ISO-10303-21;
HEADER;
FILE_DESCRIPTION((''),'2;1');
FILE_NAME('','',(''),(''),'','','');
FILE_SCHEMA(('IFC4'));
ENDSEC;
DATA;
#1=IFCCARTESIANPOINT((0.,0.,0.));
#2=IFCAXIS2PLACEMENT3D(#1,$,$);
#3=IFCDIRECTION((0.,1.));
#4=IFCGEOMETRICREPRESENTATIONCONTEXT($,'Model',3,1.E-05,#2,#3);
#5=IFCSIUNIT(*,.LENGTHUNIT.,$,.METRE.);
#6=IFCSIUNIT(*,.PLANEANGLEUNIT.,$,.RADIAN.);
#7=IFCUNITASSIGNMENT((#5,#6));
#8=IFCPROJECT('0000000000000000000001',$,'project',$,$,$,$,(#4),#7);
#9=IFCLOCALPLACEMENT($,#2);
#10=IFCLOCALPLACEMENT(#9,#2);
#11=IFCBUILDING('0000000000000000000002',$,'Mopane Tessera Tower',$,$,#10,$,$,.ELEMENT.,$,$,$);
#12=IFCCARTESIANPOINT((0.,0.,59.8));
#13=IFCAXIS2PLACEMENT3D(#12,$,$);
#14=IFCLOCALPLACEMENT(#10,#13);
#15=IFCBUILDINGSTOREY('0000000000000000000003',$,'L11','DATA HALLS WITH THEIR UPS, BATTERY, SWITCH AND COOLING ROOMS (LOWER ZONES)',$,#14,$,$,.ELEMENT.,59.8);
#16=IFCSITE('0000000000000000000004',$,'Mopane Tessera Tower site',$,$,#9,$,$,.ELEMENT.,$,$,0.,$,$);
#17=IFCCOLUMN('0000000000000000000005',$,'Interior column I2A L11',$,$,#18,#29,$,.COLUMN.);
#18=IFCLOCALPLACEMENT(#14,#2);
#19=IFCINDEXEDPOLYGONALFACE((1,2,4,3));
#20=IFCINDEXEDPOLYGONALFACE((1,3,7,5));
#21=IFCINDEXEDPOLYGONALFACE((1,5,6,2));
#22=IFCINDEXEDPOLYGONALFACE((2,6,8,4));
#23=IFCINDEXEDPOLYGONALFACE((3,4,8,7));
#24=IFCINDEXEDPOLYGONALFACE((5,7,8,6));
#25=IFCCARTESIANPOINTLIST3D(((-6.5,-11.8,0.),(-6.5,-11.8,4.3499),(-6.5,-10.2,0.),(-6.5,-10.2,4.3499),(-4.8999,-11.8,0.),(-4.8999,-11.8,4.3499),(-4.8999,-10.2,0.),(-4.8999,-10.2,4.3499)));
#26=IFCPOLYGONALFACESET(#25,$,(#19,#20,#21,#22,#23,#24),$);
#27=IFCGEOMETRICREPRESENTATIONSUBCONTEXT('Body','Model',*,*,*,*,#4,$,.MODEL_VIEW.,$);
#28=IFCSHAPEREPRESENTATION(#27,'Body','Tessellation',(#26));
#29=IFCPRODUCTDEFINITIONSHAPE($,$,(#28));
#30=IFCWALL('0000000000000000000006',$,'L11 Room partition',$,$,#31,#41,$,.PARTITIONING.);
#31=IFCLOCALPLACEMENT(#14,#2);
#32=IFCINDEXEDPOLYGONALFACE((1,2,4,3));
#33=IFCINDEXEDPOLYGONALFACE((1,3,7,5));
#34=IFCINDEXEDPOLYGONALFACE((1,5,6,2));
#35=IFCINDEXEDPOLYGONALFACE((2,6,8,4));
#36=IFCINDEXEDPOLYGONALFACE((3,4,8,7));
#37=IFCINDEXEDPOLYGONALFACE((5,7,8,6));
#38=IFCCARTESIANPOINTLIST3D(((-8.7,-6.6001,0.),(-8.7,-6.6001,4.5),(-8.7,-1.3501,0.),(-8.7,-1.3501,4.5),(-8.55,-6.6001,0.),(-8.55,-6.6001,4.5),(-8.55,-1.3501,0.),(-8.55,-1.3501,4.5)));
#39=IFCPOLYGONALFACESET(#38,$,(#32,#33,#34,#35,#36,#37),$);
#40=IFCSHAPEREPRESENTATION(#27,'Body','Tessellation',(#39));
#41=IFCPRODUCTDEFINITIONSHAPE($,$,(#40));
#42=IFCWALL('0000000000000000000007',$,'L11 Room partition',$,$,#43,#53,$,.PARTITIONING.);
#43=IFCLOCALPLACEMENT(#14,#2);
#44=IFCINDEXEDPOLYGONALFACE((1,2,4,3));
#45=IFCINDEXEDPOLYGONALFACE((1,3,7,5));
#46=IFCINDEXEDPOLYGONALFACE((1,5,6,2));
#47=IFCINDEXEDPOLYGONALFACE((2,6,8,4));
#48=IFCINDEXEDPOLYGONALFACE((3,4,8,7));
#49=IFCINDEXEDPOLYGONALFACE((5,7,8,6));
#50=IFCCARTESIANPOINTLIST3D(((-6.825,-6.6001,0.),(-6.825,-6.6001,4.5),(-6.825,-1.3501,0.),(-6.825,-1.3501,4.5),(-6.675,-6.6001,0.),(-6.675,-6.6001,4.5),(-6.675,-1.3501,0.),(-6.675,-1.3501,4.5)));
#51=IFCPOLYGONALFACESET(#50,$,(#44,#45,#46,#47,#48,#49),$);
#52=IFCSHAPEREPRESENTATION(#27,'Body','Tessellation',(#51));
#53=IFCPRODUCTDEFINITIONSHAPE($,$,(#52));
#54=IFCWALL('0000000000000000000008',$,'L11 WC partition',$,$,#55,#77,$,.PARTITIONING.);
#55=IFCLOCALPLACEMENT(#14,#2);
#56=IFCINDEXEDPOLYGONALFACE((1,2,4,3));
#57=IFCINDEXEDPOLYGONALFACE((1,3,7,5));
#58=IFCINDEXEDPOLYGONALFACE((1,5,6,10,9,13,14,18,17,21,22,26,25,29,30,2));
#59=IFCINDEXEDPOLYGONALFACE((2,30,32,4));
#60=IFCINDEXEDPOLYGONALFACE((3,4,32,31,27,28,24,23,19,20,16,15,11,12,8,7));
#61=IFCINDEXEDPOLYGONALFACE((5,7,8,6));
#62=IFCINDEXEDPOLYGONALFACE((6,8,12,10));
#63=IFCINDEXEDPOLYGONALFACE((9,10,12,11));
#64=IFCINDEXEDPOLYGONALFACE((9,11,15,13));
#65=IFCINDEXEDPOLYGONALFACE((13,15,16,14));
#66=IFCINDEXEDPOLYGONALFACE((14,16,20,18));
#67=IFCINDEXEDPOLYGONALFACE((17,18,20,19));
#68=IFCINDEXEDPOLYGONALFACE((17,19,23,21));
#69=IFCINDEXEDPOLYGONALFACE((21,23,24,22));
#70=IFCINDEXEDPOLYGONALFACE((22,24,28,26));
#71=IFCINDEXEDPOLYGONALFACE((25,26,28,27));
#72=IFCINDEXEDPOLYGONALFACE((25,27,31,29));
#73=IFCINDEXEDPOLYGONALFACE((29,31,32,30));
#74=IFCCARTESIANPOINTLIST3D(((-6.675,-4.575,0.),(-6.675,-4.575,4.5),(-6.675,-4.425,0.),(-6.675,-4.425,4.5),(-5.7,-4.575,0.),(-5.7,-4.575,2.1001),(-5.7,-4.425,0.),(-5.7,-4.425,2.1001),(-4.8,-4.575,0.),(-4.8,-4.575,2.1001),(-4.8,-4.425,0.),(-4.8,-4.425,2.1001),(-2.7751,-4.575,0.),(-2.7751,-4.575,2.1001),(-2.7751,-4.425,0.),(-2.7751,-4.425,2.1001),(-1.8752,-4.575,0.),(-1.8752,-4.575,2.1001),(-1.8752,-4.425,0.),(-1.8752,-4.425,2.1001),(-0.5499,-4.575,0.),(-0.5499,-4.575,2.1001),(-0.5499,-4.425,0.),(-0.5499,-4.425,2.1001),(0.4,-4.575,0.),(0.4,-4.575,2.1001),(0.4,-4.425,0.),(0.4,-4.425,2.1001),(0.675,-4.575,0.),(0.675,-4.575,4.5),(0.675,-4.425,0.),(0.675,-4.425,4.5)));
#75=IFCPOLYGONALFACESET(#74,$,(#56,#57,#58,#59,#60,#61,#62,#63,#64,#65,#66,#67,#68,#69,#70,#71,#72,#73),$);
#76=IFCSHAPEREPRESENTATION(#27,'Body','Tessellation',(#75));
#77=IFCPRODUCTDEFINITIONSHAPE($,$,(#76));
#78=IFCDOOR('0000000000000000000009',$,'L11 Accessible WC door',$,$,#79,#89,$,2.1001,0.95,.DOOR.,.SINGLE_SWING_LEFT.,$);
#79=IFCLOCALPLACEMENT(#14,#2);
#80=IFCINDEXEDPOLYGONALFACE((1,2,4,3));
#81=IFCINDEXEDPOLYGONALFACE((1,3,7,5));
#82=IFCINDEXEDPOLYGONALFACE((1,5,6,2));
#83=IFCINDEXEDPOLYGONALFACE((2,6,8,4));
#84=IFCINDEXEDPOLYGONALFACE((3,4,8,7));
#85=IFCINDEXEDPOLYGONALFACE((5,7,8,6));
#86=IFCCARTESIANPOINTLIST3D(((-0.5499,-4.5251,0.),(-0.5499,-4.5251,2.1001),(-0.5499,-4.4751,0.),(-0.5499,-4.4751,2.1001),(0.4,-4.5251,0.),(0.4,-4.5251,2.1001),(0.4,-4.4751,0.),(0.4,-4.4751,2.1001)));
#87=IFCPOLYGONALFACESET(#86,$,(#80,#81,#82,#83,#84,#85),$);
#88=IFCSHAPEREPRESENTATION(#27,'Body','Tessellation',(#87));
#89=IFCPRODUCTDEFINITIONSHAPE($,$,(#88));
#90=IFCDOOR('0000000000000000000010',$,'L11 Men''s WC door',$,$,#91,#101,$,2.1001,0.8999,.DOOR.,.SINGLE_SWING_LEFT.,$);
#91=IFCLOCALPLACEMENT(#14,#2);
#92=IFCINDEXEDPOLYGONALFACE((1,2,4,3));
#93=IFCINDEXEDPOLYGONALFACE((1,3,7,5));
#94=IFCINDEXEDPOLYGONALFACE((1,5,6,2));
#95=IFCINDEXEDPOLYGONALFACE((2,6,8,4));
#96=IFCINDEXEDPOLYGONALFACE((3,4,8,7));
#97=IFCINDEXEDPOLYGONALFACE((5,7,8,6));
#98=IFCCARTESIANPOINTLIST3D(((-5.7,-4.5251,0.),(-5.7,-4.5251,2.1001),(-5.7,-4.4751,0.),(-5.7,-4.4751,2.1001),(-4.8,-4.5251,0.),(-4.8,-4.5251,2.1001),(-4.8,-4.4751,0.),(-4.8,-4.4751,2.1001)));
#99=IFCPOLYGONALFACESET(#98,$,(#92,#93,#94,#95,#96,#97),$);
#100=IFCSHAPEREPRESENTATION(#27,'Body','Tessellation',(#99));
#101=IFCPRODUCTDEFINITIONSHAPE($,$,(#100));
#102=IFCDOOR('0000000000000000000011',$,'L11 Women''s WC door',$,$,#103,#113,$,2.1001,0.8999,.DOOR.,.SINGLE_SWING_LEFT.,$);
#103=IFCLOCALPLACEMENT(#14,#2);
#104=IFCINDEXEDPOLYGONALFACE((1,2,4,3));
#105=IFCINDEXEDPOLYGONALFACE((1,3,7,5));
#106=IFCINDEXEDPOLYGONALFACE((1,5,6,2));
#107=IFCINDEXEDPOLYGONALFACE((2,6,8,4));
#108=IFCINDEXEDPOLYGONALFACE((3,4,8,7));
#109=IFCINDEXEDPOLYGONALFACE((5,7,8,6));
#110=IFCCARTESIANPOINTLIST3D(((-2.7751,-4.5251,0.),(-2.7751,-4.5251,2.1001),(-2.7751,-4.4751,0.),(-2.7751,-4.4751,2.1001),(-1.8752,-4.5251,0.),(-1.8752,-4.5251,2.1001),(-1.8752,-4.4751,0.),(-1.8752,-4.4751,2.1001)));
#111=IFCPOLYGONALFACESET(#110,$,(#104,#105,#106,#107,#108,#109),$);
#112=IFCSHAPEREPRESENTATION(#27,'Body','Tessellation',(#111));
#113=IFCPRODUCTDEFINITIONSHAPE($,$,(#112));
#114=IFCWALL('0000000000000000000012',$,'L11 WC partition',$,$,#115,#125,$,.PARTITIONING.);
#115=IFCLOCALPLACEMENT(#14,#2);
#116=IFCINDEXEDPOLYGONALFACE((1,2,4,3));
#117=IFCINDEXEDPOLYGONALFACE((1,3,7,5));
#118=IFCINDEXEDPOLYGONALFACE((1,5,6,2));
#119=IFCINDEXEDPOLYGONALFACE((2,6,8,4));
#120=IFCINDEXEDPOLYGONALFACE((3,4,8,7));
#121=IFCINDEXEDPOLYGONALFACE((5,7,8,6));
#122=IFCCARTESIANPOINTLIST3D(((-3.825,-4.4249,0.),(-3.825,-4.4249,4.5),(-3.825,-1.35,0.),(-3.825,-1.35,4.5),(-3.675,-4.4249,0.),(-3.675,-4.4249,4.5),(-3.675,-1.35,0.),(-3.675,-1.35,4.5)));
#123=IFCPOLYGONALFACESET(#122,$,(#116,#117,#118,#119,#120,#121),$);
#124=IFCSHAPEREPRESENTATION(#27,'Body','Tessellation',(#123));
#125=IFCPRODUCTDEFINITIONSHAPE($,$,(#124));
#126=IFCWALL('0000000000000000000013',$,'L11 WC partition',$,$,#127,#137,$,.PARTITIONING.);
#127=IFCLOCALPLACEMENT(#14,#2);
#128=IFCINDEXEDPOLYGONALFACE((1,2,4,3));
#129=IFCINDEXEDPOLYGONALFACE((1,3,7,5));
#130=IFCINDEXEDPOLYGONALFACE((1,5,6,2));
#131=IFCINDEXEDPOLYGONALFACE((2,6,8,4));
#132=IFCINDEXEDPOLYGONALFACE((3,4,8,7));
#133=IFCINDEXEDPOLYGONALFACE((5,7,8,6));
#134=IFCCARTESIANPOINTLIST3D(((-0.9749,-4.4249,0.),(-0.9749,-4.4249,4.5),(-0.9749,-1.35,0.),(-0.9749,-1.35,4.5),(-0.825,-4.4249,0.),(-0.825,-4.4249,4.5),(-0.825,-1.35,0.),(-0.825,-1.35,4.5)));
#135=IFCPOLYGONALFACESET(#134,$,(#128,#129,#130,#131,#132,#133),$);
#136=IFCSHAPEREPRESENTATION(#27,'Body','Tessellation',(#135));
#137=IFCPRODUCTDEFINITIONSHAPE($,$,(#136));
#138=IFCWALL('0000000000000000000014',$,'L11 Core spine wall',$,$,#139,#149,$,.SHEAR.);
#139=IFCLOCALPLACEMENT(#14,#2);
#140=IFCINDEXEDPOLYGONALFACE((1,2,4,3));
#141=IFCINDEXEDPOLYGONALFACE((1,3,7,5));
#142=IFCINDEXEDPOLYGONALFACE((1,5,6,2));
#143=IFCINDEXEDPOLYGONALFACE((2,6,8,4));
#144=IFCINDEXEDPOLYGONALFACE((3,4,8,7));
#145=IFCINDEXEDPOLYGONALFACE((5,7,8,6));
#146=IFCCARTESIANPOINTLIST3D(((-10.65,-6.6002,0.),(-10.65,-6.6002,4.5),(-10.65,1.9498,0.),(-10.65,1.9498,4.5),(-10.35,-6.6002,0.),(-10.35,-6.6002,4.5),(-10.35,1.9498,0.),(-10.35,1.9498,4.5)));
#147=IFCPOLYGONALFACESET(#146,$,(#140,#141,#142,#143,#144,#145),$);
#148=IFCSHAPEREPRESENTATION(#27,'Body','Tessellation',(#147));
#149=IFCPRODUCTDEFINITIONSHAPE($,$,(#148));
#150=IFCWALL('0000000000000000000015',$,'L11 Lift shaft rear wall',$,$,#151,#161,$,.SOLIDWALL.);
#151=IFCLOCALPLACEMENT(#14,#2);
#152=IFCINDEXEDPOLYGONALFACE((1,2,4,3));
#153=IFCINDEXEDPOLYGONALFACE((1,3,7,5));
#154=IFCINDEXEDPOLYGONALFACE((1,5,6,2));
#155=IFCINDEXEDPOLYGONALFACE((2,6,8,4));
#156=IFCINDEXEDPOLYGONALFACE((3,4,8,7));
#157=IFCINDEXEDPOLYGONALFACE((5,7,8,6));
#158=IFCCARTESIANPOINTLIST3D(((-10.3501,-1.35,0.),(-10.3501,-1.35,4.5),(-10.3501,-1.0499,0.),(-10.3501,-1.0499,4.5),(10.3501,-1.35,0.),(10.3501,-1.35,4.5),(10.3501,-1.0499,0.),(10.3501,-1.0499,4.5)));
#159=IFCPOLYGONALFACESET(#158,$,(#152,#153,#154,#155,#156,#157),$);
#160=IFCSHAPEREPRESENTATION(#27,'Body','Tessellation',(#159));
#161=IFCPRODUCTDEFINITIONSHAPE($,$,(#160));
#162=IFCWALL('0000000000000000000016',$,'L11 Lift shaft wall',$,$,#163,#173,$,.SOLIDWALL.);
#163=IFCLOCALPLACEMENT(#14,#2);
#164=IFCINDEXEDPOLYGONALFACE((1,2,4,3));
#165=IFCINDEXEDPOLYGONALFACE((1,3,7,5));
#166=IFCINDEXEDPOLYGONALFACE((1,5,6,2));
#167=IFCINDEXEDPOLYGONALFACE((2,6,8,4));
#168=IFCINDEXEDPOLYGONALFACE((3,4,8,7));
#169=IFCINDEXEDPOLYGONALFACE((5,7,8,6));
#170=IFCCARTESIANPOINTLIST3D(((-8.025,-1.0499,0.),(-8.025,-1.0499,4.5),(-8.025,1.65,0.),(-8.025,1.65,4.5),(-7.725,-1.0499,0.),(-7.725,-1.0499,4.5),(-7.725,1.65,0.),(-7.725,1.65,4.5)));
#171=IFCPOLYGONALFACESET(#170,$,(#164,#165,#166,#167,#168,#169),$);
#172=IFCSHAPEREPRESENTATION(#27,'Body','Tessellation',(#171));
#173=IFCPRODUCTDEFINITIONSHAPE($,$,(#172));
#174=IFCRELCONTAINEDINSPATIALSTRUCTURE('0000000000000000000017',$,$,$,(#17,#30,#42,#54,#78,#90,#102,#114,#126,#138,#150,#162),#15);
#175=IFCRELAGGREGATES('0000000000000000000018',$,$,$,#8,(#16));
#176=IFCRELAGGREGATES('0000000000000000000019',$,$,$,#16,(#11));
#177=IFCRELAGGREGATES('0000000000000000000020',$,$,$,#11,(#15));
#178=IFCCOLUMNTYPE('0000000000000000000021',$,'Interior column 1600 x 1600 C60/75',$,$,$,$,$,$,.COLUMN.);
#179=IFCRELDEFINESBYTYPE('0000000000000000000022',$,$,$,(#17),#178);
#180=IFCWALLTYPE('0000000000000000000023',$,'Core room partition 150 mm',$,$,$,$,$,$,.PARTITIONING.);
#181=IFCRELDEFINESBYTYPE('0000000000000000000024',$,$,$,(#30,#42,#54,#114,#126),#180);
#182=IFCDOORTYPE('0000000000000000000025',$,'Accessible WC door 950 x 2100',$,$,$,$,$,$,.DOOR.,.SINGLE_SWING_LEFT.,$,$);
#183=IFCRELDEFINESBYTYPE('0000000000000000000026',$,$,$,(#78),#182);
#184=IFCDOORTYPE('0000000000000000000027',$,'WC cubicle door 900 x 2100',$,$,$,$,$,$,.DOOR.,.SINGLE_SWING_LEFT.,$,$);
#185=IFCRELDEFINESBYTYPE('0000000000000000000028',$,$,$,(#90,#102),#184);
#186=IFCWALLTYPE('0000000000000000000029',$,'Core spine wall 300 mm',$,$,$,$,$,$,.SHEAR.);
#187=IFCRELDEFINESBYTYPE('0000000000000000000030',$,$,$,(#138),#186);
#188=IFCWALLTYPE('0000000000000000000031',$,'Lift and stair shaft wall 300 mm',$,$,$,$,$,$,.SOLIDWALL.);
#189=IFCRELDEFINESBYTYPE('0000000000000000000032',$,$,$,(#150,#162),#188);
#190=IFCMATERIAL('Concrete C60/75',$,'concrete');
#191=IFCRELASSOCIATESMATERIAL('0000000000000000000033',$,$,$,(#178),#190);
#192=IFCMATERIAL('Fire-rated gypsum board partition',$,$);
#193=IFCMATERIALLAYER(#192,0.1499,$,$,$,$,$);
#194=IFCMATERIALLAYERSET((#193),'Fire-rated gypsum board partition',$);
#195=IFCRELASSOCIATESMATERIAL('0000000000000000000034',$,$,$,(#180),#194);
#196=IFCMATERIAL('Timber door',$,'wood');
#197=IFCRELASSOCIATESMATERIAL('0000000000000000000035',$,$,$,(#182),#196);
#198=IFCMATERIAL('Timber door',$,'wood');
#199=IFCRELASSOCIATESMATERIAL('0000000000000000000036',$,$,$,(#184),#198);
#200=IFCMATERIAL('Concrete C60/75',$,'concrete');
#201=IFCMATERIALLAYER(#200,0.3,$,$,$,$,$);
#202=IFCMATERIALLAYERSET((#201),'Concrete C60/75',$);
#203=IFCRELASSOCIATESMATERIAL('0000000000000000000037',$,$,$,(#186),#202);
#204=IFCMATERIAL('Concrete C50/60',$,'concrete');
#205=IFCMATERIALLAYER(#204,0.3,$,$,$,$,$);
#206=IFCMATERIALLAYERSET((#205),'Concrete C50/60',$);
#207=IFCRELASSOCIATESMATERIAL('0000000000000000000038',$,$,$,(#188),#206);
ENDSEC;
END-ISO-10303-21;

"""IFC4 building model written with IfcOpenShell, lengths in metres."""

from ifc_helpers import new_model, si_unit, direction, frame, frame_2d, origin, origin_2d, place, context, subcontext, project, spatial, rectangle, extrude, material, layer, layer_set, material_profile, profile_set, type_object, element, fill, save


model = new_model("IFC4")

# Units and contexts
model_context = context("Model", 3, precision=1e-05, world=origin(), true_north=direction((0.0, 1.0)))
body_context = subcontext(model_context, "Body", "Model", "MODEL_VIEW")
ifc_project = project(units=[si_unit("LENGTHUNIT", "METRE"), si_unit("PLANEANGLEUNIT", "RADIAN")], contexts=[model_context])

# Site, building, storey
site_placement = place(None, origin())
site = spatial("IfcSite", under=ifc_project, at=site_placement, Name="Mopane Tessera Tower site", CompositionType="ELEMENT", RefElevation=0.0)
building_placement = place(site_placement, origin())
building = spatial("IfcBuilding", under=site, at=building_placement, Name="Mopane Tessera Tower", CompositionType="ELEMENT")
storey_placement = place(building_placement, frame((0.0, 0.0, 59.8)))
storey = spatial("IfcBuildingStorey", under=building, at=storey_placement, Name="L11", Description="DATA HALLS WITH THEIR UPS, BATTERY, SWITCH AND COOLING ROOMS (LOWER ZONES)", CompositionType="ELEMENT", Elevation=59.8)

# Column
ifc_material_1 = material(Name="Concrete C60/75", Category="concrete")
ifc_material_profile = material_profile(ifc_material_1, rectangle(XDim=1.6001, YDim=1.6001, at=origin_2d()))
ifc_profile_set = profile_set([ifc_material_profile], Name="Concrete C60/75")
column_type = type_object("IfcColumnType", Name="Interior column 1600 x 1600 C60/75", PredefinedType="COLUMN", material=ifc_profile_set)
column_placement = place(storey_placement, frame((-5.7, -11.0, 0.0), z_axis=(0.0, 0.0, 1.0), x_axis=(1.0, 0.0, 0.0)))
element("IfcColumn", 1, at=column_placement, inside=storey, type_object=column_type, Name="Interior column I2A L11", PredefinedType="COLUMN", context=body_context, shape_type="SweptSolid", body=[
    extrude(rectangle(XDim=1.6001, YDim=1.6001, at=origin_2d()), origin(), (0.0, 0.0, 1.0), 4.3499),
])

# Walls
ifc_material_2 = material(Name="Fire-rated gypsum board partition")
ifc_layer_1 = layer(ifc_material_2, 0.1499)
ifc_layer_set_1 = layer_set([ifc_layer_1], Name="Fire-rated gypsum board partition")
wall_type_1 = type_object("IfcWallType", Name="Core room partition 150 mm", PredefinedType="PARTITIONING", material=ifc_layer_set_1)
for number, where, z_axis, x_axis, name in (
    (2, (-8.625, -6.6001, 0.0), (0.0, 0.0, 1.0), (0.0, 1.0, 0.0), "L11 Room partition"),
    (3, (-6.75, -6.6001, 0.0), (0.0, 0.0, 1.0), (0.0, 1.0, 0.0), "L11 Room partition"),
):
    element("IfcWall", number, at=place(storey_placement, frame(where, z_axis=z_axis, x_axis=x_axis)), inside=storey, type_object=wall_type_1, Name=name, PredefinedType="PARTITIONING", context=body_context, shape_type="SweptSolid", body=[
        extrude(rectangle(XDim=5.25, YDim=0.1499, at=frame_2d((2.625, 0.0))), origin(), (0.0, 0.0, 1.0), 4.5),
    ])

# Wall, openings, doors
wall_1_placement = place(storey_placement, frame((-6.675, -4.5, 0.0), z_axis=(0.0, 0.0, 1.0), x_axis=(1.0, 0.0, 0.0)))
wall_1 = element("IfcWall", 4, at=wall_1_placement, inside=storey, type_object=wall_type_1, Name="L11 WC partition", PredefinedType="PARTITIONING", context=body_context, shape_type="SweptSolid", body=[
    extrude(rectangle(XDim=7.3501, YDim=0.1499, at=frame_2d((3.675, 0.0))), origin(), (0.0, 0.0, 1.0), 4.5),
])
opening_1_placement = place(wall_1_placement, frame((0.9751, 0.0, 0.0)))
opening_1 = element("IfcOpeningElement", 5, at=opening_1_placement, cuts=wall_1, PredefinedType="OPENING", context=body_context, shape_type="SweptSolid", body=[
    extrude(rectangle(XDim=0.8999, YDim=2.1001, at=frame_2d((0.45, 1.05))), frame((0.0, 0.0869, 0.0), z_axis=(0.0, -1.0, 0.0), x_axis=(1.0, 0.0, 0.0)), (0.0, 0.0, 1.0), 0.1738),
])
opening_2_placement = place(wall_1_placement, frame((3.8999, 0.0, 0.0)))
opening_2 = element("IfcOpeningElement", 6, at=opening_2_placement, cuts=wall_1, PredefinedType="OPENING", context=body_context, shape_type="SweptSolid", body=[
    extrude(rectangle(XDim=0.8999, YDim=2.1001, at=frame_2d((0.45, 1.05))), frame((0.0, 0.0869, 0.0), z_axis=(0.0, -1.0, 0.0), x_axis=(1.0, 0.0, 0.0)), (0.0, 0.0, 1.0), 0.1738),
])
opening_3_placement = place(wall_1_placement, frame((6.125, 0.0, 0.0)))
opening_3 = element("IfcOpeningElement", 7, at=opening_3_placement, cuts=wall_1, PredefinedType="OPENING", context=body_context, shape_type="SweptSolid", body=[
    extrude(rectangle(XDim=0.95, YDim=2.1001, at=frame_2d((0.4751, 1.05))), frame((0.0, 0.0869, 0.0), z_axis=(0.0, -1.0, 0.0), x_axis=(1.0, 0.0, 0.0)), (0.0, 0.0, 1.0), 0.1738),
])
ifc_material_3 = material(Name="Timber door", Category="wood")
door_type_1 = type_object("IfcDoorType", Name="Accessible WC door 950 x 2100", OperationType="SINGLE_SWING_LEFT", PredefinedType="DOOR", material=ifc_material_3)
door_1_placement = place(opening_3_placement, origin())
door_1 = element("IfcDoor", 8, at=door_1_placement, inside=storey, type_object=door_type_1, Name="L11 Accessible WC door", OperationType="SINGLE_SWING_LEFT", OverallHeight=2.1001, OverallWidth=0.95, PredefinedType="DOOR", context=body_context, shape_type="SweptSolid", body=[
    extrude(rectangle(XDim=0.95, YDim=2.1001, at=frame_2d((0.4751, 1.05))), frame((0.0, 0.0249, 0.0), z_axis=(0.0, -1.0, 0.0), x_axis=(1.0, 0.0, 0.0)), (0.0, 0.0, 1.0), 0.05),
])
fill(opening_3, door_1)
ifc_material_4 = material(Name="Timber door", Category="wood")
door_type_2 = type_object("IfcDoorType", Name="WC cubicle door 900 x 2100", OperationType="SINGLE_SWING_LEFT", PredefinedType="DOOR", material=ifc_material_4)
door_2_placement = place(opening_1_placement, origin())
door_2 = element("IfcDoor", 9, at=door_2_placement, inside=storey, type_object=door_type_2, Name="L11 Men's WC door", OperationType="SINGLE_SWING_LEFT", OverallHeight=2.1001, OverallWidth=0.8999, PredefinedType="DOOR", context=body_context, shape_type="SweptSolid", body=[
    extrude(rectangle(XDim=0.8999, YDim=2.1001, at=frame_2d((0.45, 1.05))), frame((0.0, 0.0249, 0.0), z_axis=(0.0, -1.0, 0.0), x_axis=(1.0, 0.0, 0.0)), (0.0, 0.0, 1.0), 0.05),
])
fill(opening_1, door_2)
door_3_placement = place(opening_2_placement, origin())
door_3 = element("IfcDoor", 10, at=door_3_placement, inside=storey, type_object=door_type_2, Name="L11 Women's WC door", OperationType="SINGLE_SWING_LEFT", OverallHeight=2.1001, OverallWidth=0.8999, PredefinedType="DOOR", context=body_context, shape_type="SweptSolid", body=[
    extrude(rectangle(XDim=0.8999, YDim=2.1001, at=frame_2d((0.45, 1.05))), frame((0.0, 0.0249, 0.0), z_axis=(0.0, -1.0, 0.0), x_axis=(1.0, 0.0, 0.0)), (0.0, 0.0, 1.0), 0.05),
])
fill(opening_2, door_3)

# Walls
for number, where, z_axis, x_axis, name in (
    (11, (-3.75, -4.425, 0.0), (0.0, 0.0, 1.0), (0.0, 1.0, 0.0), "L11 WC partition"),
    (12, (-0.8999, -4.425, 0.0), (0.0, 0.0, 1.0), (0.0, 1.0, 0.0), "L11 WC partition"),
):
    element("IfcWall", number, at=place(storey_placement, frame(where, z_axis=z_axis, x_axis=x_axis)), inside=storey, type_object=wall_type_1, Name=name, PredefinedType="PARTITIONING", context=body_context, shape_type="SweptSolid", body=[
        extrude(rectangle(XDim=3.075, YDim=0.1499, at=frame_2d((1.5376, 0.0))), origin(), (0.0, 0.0, 1.0), 4.5),
    ])
ifc_material_5 = material(Name="Concrete C60/75", Category="concrete")
ifc_layer_2 = layer(ifc_material_5, 0.3)
ifc_layer_set_2 = layer_set([ifc_layer_2], Name="Concrete C60/75")
wall_type_2 = type_object("IfcWallType", Name="Core spine wall 300 mm", PredefinedType="SHEAR", material=ifc_layer_set_2)
wall_2_placement = place(storey_placement, frame((-10.5, -6.6001, 0.0), z_axis=(0.0, 0.0, 1.0), x_axis=(0.0, 1.0, 0.0)))
element("IfcWall", 13, at=wall_2_placement, inside=storey, type_object=wall_type_2, Name="L11 Core spine wall", PredefinedType="SHEAR", context=body_context, shape_type="SweptSolid", body=[
    extrude(rectangle(XDim=8.55, YDim=0.3, at=frame_2d((4.2749, 0.0))), origin(), (0.0, 0.0, 1.0), 4.5),
])
ifc_material_6 = material(Name="Concrete C50/60", Category="concrete")
ifc_layer_3 = layer(ifc_material_6, 0.3)
ifc_layer_set_3 = layer_set([ifc_layer_3], Name="Concrete C50/60")
wall_type_3 = type_object("IfcWallType", Name="Lift and stair shaft wall 300 mm", PredefinedType="SOLIDWALL", material=ifc_layer_set_3)
wall_3_placement = place(storey_placement, frame((-10.3501, -1.2, 0.0), z_axis=(0.0, 0.0, 1.0), x_axis=(1.0, 0.0, 0.0)))
element("IfcWall", 14, at=wall_3_placement, inside=storey, type_object=wall_type_3, Name="L11 Lift shaft rear wall", PredefinedType="SOLIDWALL", context=body_context, shape_type="SweptSolid", body=[
    extrude(rectangle(XDim=20.7002, YDim=0.3, at=frame_2d((10.3501, 0.0))), origin(), (0.0, 0.0, 1.0), 4.5),
])
for number, where, z_axis, x_axis, name in (
    (15, (-7.875, -1.05, 0.0), (0.0, 0.0, 1.0), (0.0, 1.0, 0.0), "L11 Lift shaft wall"),
):
    element("IfcWall", number, at=place(storey_placement, frame(where, z_axis=z_axis, x_axis=x_axis)), inside=storey, type_object=wall_type_3, Name=name, PredefinedType="SOLIDWALL", context=body_context, shape_type="SweptSolid", body=[
        extrude(rectangle(XDim=2.7, YDim=0.3, at=frame_2d((1.3501, 0.0))), origin(), (0.0, 0.0, 1.0), 4.5),
    ])

save(model, "model.ifc")
